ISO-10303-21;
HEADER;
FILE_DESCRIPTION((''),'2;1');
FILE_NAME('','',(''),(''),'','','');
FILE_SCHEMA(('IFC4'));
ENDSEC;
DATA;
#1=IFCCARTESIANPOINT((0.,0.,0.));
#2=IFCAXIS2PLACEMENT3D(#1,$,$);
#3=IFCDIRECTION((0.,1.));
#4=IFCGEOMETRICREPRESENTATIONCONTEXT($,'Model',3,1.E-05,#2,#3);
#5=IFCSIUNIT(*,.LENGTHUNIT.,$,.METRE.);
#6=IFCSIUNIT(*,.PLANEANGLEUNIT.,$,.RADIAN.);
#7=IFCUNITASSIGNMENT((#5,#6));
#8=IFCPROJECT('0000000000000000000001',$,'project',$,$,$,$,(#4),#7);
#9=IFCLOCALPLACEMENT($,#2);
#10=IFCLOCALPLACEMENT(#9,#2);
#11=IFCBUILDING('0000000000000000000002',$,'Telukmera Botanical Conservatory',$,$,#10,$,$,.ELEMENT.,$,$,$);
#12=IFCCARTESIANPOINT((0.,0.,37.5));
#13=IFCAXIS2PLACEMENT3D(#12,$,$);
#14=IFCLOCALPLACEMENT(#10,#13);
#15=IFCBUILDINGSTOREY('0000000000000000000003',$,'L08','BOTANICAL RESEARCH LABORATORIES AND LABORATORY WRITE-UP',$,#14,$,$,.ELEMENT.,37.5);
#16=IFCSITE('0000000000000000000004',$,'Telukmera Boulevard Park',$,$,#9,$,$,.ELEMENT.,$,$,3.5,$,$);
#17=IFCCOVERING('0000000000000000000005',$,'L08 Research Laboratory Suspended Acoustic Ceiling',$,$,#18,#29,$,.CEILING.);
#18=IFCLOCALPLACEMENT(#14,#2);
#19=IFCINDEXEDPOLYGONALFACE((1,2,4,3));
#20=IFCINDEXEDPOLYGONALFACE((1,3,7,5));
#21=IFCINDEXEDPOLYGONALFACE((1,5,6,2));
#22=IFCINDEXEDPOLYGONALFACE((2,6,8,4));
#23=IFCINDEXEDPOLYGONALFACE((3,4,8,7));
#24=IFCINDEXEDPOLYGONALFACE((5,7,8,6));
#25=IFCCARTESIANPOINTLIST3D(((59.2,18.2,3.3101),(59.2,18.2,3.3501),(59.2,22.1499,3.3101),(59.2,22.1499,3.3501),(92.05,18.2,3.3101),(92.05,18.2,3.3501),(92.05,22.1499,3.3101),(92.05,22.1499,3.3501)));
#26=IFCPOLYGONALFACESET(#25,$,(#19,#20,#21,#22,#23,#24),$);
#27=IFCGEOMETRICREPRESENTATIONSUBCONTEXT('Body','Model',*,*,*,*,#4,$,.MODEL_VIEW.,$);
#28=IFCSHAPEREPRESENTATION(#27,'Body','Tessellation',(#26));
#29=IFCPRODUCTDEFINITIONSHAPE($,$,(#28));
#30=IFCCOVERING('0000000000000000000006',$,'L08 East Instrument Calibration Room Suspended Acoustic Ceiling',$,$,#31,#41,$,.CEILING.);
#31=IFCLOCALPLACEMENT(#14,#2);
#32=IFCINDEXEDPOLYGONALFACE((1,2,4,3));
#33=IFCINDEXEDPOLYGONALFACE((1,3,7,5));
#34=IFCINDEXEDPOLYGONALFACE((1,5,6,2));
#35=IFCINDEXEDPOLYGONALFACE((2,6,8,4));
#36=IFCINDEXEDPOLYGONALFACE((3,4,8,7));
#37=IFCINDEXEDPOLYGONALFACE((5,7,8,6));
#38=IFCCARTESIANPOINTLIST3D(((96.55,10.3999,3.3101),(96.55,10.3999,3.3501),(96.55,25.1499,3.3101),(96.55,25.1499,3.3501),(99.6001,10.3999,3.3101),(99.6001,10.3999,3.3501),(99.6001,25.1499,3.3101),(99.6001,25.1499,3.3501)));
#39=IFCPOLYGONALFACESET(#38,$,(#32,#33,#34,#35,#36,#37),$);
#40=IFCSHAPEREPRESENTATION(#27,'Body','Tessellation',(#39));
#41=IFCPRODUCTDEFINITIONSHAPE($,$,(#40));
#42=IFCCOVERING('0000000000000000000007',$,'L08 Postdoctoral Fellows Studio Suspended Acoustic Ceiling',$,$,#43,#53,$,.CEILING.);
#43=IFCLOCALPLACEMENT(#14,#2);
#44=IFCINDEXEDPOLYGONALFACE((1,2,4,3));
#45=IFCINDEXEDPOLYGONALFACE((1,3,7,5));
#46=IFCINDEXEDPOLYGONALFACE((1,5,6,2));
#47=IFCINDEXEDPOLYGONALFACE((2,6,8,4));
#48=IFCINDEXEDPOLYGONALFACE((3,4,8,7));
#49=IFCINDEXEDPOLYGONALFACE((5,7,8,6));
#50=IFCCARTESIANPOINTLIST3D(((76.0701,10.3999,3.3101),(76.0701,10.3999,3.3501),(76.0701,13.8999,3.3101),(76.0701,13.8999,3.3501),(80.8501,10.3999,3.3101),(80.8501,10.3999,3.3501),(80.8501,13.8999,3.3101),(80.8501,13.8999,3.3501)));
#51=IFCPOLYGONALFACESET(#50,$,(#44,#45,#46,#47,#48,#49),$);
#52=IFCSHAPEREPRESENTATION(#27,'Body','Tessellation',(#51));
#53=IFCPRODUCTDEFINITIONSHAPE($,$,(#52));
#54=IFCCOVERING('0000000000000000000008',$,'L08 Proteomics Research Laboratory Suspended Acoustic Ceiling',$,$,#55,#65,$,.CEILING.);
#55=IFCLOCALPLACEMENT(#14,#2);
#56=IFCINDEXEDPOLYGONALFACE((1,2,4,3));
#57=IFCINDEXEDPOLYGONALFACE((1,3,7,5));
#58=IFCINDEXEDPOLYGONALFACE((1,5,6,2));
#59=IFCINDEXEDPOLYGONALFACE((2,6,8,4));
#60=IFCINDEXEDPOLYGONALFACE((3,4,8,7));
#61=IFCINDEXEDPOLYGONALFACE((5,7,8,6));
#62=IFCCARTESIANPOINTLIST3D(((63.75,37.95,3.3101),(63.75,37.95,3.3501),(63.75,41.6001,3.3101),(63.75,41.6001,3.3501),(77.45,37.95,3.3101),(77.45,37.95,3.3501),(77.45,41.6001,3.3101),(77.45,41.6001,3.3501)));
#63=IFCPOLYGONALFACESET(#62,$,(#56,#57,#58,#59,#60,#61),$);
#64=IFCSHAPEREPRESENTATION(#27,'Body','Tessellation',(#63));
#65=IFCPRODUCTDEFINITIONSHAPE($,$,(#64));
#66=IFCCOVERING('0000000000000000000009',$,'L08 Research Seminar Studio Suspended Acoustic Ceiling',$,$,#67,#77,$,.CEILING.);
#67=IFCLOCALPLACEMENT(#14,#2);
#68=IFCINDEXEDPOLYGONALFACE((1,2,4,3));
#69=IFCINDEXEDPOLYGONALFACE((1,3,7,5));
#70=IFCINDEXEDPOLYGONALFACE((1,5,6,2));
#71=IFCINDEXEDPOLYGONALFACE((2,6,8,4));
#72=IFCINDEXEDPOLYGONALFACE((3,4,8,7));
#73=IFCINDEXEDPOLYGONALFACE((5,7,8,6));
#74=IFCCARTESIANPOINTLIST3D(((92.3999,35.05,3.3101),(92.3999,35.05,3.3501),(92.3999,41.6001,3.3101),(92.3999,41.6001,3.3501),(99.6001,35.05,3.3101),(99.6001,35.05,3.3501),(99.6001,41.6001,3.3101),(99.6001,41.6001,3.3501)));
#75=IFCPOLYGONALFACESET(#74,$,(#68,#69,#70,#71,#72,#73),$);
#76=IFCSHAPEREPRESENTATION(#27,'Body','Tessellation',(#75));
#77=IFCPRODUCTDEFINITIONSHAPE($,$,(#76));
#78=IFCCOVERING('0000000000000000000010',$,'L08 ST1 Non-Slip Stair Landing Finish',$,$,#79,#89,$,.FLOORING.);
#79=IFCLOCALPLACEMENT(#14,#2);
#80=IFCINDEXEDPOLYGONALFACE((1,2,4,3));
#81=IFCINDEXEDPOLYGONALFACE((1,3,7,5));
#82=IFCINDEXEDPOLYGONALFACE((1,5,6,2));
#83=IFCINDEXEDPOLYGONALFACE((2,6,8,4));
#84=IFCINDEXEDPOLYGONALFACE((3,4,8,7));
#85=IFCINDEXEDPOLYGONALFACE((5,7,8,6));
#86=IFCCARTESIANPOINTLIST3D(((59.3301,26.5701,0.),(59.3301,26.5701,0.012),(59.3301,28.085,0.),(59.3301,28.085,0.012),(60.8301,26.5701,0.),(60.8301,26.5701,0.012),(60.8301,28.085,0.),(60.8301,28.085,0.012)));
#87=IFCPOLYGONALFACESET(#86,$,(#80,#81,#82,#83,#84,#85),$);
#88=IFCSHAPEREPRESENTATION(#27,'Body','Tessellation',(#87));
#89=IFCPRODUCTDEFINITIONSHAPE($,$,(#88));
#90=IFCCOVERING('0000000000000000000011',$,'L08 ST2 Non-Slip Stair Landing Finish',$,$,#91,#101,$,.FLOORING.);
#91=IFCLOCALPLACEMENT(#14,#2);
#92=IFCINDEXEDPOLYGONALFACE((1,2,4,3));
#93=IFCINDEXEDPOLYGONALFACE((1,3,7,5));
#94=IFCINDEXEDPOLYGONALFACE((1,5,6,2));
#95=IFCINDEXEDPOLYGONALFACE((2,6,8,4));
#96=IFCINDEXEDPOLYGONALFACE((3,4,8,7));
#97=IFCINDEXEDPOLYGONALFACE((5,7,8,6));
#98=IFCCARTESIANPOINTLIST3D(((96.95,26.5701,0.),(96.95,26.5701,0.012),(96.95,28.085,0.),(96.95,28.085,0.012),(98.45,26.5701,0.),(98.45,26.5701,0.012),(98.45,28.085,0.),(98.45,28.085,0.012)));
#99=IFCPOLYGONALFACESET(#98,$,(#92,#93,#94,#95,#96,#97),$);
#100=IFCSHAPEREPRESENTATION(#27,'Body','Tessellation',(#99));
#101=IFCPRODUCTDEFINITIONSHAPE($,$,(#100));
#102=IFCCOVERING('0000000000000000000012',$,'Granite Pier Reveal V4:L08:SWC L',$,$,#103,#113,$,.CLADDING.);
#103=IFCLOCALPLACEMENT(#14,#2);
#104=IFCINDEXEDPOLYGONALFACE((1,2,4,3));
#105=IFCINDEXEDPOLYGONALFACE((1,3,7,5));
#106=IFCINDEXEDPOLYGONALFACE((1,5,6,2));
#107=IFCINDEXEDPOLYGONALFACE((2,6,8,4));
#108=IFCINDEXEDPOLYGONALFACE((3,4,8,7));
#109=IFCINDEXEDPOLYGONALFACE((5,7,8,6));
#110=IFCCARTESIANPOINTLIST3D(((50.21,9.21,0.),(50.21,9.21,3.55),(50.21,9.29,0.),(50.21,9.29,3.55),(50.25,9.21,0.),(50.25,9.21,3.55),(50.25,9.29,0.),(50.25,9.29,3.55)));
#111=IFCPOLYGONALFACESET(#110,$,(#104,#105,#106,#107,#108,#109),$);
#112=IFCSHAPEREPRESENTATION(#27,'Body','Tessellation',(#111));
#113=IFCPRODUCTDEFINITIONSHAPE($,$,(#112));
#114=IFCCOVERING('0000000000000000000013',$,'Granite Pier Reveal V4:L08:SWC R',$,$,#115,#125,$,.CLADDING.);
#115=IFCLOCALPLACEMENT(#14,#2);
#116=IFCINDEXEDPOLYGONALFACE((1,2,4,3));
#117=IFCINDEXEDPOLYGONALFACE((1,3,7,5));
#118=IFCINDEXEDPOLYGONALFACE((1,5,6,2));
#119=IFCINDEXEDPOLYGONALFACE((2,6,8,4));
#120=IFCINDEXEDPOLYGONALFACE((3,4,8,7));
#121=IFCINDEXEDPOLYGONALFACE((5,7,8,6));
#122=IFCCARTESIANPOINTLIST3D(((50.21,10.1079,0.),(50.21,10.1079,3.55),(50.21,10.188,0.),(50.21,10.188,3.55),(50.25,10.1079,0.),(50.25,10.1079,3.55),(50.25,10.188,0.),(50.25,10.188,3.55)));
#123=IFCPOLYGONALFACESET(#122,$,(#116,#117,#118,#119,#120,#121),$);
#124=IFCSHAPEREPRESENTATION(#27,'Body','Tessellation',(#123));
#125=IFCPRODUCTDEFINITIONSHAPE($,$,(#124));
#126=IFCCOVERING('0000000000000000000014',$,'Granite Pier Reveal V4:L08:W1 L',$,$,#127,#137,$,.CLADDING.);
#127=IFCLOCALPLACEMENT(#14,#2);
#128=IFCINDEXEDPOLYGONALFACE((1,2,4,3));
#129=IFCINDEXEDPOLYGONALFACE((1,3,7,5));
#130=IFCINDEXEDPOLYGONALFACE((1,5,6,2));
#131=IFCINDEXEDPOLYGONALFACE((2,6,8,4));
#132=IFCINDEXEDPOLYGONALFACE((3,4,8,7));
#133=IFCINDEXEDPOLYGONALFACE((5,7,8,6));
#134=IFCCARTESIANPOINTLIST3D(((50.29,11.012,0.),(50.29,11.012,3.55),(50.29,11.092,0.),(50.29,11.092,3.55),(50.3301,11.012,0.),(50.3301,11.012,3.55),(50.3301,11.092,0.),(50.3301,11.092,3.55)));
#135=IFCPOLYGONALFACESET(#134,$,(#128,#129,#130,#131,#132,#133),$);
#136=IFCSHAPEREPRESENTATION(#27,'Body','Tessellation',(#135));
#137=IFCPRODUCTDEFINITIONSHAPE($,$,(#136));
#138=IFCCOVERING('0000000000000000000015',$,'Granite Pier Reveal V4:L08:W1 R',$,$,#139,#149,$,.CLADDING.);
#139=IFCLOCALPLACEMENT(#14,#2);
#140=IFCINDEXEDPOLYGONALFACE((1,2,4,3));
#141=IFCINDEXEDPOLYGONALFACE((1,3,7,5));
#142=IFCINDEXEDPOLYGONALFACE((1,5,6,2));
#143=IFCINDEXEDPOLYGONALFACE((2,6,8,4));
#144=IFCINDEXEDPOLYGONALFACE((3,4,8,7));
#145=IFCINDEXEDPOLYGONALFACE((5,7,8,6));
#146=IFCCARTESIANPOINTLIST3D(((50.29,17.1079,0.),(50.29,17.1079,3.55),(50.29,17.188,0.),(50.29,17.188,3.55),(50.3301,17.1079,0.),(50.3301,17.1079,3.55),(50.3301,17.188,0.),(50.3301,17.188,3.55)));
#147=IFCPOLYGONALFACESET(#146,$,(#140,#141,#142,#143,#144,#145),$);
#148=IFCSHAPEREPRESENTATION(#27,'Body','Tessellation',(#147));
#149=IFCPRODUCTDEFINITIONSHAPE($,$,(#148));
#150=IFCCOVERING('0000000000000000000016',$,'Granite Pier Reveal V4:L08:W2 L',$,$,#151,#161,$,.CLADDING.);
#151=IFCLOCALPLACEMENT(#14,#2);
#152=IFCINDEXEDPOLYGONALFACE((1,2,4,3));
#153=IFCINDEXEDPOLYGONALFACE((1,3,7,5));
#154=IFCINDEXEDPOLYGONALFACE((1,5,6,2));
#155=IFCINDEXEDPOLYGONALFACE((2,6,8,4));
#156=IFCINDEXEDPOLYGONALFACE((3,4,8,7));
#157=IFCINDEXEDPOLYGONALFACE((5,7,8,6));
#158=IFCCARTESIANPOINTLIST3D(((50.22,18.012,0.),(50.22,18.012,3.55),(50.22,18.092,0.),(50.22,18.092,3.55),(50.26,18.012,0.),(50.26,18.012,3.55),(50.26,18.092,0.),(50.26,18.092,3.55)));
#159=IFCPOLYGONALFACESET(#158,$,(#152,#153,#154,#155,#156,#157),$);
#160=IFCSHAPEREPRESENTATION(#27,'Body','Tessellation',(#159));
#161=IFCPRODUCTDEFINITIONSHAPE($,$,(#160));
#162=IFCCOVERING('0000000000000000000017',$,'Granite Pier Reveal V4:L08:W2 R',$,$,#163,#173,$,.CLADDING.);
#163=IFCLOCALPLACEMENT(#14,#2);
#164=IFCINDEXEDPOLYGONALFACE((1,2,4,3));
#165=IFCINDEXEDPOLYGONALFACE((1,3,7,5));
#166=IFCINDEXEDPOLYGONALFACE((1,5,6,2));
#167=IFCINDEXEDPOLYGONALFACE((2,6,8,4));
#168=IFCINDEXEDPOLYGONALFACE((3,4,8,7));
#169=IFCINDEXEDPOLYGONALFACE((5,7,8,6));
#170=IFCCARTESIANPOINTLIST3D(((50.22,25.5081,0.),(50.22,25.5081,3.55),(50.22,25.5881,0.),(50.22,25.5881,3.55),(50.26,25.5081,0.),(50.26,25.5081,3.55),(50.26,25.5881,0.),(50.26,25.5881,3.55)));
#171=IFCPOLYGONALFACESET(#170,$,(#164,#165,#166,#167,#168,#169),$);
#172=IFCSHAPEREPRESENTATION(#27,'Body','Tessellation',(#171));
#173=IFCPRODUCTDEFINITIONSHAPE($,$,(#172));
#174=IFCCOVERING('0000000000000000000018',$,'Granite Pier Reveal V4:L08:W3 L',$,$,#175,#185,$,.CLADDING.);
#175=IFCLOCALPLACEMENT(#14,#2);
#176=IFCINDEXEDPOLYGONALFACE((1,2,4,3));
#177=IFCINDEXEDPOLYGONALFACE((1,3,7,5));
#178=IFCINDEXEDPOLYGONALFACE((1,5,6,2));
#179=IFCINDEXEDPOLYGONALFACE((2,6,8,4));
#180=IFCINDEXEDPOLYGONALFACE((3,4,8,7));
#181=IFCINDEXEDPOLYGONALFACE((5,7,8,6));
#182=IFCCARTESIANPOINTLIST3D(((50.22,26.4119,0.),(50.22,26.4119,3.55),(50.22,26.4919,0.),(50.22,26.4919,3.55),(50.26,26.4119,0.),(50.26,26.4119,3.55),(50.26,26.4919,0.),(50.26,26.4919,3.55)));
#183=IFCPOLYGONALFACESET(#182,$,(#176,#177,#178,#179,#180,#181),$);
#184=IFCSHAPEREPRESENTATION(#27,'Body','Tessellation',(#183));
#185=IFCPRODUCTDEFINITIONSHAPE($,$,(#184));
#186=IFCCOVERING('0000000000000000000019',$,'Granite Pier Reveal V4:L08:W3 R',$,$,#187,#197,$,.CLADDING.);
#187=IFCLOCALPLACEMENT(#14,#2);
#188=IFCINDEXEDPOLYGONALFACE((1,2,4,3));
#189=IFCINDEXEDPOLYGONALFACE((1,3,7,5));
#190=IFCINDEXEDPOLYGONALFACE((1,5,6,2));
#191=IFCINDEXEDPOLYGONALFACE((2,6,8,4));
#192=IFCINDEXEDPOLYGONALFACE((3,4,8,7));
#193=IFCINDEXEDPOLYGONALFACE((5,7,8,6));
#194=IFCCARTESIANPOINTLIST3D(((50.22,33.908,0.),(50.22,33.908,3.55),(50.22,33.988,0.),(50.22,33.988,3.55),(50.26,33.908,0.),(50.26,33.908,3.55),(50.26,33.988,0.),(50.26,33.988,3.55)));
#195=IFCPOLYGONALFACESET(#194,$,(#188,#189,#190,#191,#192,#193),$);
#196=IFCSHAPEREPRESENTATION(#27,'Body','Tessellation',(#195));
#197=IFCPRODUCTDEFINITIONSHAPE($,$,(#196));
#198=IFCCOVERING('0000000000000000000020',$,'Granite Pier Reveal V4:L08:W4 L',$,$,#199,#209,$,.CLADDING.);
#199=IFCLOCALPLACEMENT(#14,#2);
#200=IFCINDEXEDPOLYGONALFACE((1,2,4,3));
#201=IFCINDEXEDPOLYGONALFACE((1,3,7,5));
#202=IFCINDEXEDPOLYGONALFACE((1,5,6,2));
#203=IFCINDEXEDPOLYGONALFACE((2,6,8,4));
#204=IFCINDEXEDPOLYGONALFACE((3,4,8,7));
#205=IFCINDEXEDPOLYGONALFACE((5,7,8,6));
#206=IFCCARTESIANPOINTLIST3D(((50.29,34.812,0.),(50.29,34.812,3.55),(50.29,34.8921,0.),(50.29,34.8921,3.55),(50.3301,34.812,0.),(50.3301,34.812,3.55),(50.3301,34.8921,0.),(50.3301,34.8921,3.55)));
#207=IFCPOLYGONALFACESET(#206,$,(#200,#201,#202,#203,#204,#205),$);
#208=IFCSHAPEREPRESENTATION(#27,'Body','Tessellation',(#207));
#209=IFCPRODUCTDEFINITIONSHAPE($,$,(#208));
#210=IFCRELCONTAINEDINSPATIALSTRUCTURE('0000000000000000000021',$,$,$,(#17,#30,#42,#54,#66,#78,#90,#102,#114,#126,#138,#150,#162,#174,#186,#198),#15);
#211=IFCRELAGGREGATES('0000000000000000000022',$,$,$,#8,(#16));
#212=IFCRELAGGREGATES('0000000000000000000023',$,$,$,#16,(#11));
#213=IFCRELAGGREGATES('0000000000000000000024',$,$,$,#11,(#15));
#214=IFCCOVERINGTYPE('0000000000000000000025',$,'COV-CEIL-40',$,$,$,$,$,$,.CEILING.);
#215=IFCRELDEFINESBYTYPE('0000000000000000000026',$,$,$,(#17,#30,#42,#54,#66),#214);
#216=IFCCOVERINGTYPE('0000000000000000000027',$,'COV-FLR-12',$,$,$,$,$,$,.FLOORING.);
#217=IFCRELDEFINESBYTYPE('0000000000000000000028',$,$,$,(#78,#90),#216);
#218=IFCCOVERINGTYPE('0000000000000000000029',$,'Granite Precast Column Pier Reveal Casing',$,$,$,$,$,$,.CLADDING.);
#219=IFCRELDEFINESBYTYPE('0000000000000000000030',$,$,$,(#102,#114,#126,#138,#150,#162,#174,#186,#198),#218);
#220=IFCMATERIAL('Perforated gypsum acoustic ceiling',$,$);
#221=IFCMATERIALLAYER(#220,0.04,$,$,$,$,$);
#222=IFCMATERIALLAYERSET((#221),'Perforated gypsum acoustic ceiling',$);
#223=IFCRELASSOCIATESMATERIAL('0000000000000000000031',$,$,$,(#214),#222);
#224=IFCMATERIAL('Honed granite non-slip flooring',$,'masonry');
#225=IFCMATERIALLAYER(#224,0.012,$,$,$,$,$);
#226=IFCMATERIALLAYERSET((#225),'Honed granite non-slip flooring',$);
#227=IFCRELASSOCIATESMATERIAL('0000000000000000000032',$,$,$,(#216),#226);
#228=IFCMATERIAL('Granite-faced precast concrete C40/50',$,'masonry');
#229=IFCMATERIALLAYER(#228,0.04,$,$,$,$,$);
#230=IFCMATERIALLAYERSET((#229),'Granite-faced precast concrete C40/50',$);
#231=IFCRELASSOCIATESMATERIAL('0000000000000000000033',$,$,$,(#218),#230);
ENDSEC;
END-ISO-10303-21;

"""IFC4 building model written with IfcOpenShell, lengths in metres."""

from ifc_helpers import new_model, si_unit, direction, frame, origin, origin_2d, place, context, subcontext, project, spatial, polyline, rectangle, outline, extrude, material, layer, layer_set, type_object, element, save


model = new_model("IFC4")

# Units and contexts
model_context = context("Model", 3, precision=1e-05, world=origin(), true_north=direction((0.0, 1.0)))
body_context = subcontext(model_context, "Body", "Model", "MODEL_VIEW")
ifc_project = project(units=[si_unit("LENGTHUNIT", "METRE"), si_unit("PLANEANGLEUNIT", "RADIAN")], contexts=[model_context])

# Site, building, storey
site_placement = place(None, origin())
site = spatial("IfcSite", under=ifc_project, at=site_placement, Name="Telukmera Boulevard Park", CompositionType="ELEMENT", RefElevation=3.5)
building_placement = place(site_placement, origin())
building = spatial("IfcBuilding", under=site, at=building_placement, Name="Telukmera Botanical Conservatory", CompositionType="ELEMENT")
storey_placement = place(building_placement, frame((0.0, 0.0, 37.5)))
storey = spatial("IfcBuildingStorey", under=building, at=storey_placement, Name="L08", Description="BOTANICAL RESEARCH LABORATORIES AND LABORATORY WRITE-UP", CompositionType="ELEMENT", Elevation=37.5)

# Coverings
ifc_material_1 = material(Name="Perforated gypsum acoustic ceiling")
ifc_layer_1 = layer(ifc_material_1, 0.04)
ifc_layer_set_1 = layer_set([ifc_layer_1], Name="Perforated gypsum acoustic ceiling")
covering_type_1 = type_object("IfcCoveringType", Name="COV-CEIL-40", PredefinedType="CEILING", material=ifc_layer_set_1)
covering_1_placement = place(storey_placement, frame((0.0, 0.0, 3.3101)))
element("IfcCovering", 1, at=covering_1_placement, inside=storey, type_object=covering_type_1, Name="L08 Research Laboratory Suspended Acoustic Ceiling", PredefinedType="CEILING", context=body_context, shape_type="SweptSolid", body=[
    extrude(outline(polyline([(59.2, 18.2), (92.05, 18.2), (92.05, 22.1499), (59.2, 22.1499), (59.2, 18.2)])), origin(), (0.0, 0.0, 1.0), 0.04),
])
covering_2_placement = place(storey_placement, frame((0.0, 0.0, 3.3101)))
element("IfcCovering", 2, at=covering_2_placement, inside=storey, type_object=covering_type_1, Name="L08 East Instrument Calibration Room Suspended Acoustic Ceiling", PredefinedType="CEILING", context=body_context, shape_type="SweptSolid", body=[
    extrude(outline(polyline([(96.55, 10.3999), (99.6001, 10.3999), (99.6001, 25.1499), (96.55, 25.1499), (96.55, 10.3999)])), origin(), (0.0, 0.0, 1.0), 0.04),
])
covering_3_placement = place(storey_placement, frame((0.0, 0.0, 3.3101)))
element("IfcCovering", 3, at=covering_3_placement, inside=storey, type_object=covering_type_1, Name="L08 Postdoctoral Fellows Studio Suspended Acoustic Ceiling", PredefinedType="CEILING", context=body_context, shape_type="SweptSolid", body=[
    extrude(outline(polyline([(76.0701, 10.3999), (80.8501, 10.3999), (80.8501, 13.8999), (76.0701, 13.8999), (76.0701, 10.3999)])), origin(), (0.0, 0.0, 1.0), 0.04),
])
covering_4_placement = place(storey_placement, frame((0.0, 0.0, 3.3101)))
element("IfcCovering", 4, at=covering_4_placement, inside=storey, type_object=covering_type_1, Name="L08 Proteomics Research Laboratory Suspended Acoustic Ceiling", PredefinedType="CEILING", context=body_context, shape_type="SweptSolid", body=[
    extrude(outline(polyline([(63.75, 37.95), (77.45, 37.95), (77.45, 41.6001), (63.75, 41.6001), (63.75, 37.95)])), origin(), (0.0, 0.0, 1.0), 0.04),
])
covering_5_placement = place(storey_placement, frame((0.0, 0.0, 3.3101)))
element("IfcCovering", 5, at=covering_5_placement, inside=storey, type_object=covering_type_1, Name="L08 Research Seminar Studio Suspended Acoustic Ceiling", PredefinedType="CEILING", context=body_context, shape_type="SweptSolid", body=[
    extrude(outline(polyline([(92.3999, 35.05), (99.6001, 35.05), (99.6001, 41.6001), (92.3999, 41.6001), (92.3999, 35.05)])), origin(), (0.0, 0.0, 1.0), 0.04),
])
ifc_material_2 = material(Name="Honed granite non-slip flooring", Category="masonry")
ifc_layer_2 = layer(ifc_material_2, 0.012)
ifc_layer_set_2 = layer_set([ifc_layer_2], Name="Honed granite non-slip flooring")
covering_type_2 = type_object("IfcCoveringType", Name="COV-FLR-12", PredefinedType="FLOORING", material=ifc_layer_set_2)
covering_6_placement = place(storey_placement, origin())
element("IfcCovering", 6, at=covering_6_placement, inside=storey, type_object=covering_type_2, Name="L08 ST1 Non-Slip Stair Landing Finish", PredefinedType="FLOORING", context=body_context, shape_type="SweptSolid", body=[
    extrude(outline(polyline([(60.8301, 26.5701), (60.8301, 28.085), (59.3301, 28.085), (59.3301, 26.5701), (60.8301, 26.5701)])), origin(), (0.0, 0.0, 1.0), 0.012),
])
covering_7_placement = place(storey_placement, origin())
element("IfcCovering", 7, at=covering_7_placement, inside=storey, type_object=covering_type_2, Name="L08 ST2 Non-Slip Stair Landing Finish", PredefinedType="FLOORING", context=body_context, shape_type="SweptSolid", body=[
    extrude(outline(polyline([(98.45, 26.5701), (98.45, 28.085), (96.95, 28.085), (96.95, 26.5701), (98.45, 26.5701)])), origin(), (0.0, 0.0, 1.0), 0.012),
])
ifc_material_3 = material(Name="Granite-faced precast concrete C40/50", Category="masonry")
ifc_layer_3 = layer(ifc_material_3, 0.04)
ifc_layer_set_3 = layer_set([ifc_layer_3], Name="Granite-faced precast concrete C40/50")
covering_type_3 = type_object("IfcCoveringType", Name="Granite Precast Column Pier Reveal Casing", PredefinedType="CLADDING", material=ifc_layer_set_3)
for number, where, z_axis, x_axis, name in (
    (8, (50.23, 9.25, 0.0), (0.0, 0.0, 1.0), (0.0, 1.0, 0.0), "Granite Pier Reveal V4:L08:SWC L"),
    (9, (50.23, 10.1479, 0.0), (0.0, 0.0, 1.0), (0.0, 1.0, 0.0), "Granite Pier Reveal V4:L08:SWC R"),
    (10, (50.3101, 11.052, 0.0), (0.0, 0.0, 1.0), (0.0, 1.0, 0.0), "Granite Pier Reveal V4:L08:W1 L"),
    (11, (50.3101, 17.1479, 0.0), (0.0, 0.0, 1.0), (0.0, 1.0, 0.0), "Granite Pier Reveal V4:L08:W1 R"),
    (12, (50.24, 18.052, 0.0), (0.0, 0.0, 1.0), (0.0, 1.0, 0.0), "Granite Pier Reveal V4:L08:W2 L"),
    (13, (50.24, 25.5481, 0.0), (0.0, 0.0, 1.0), (0.0, 1.0, 0.0), "Granite Pier Reveal V4:L08:W2 R"),
    (14, (50.24, 26.4519, 0.0), (0.0, 0.0, 1.0), (0.0, 1.0, 0.0), "Granite Pier Reveal V4:L08:W3 L"),
    (15, (50.24, 33.948, 0.0), (0.0, 0.0, 1.0), (0.0, 1.0, 0.0), "Granite Pier Reveal V4:L08:W3 R"),
    (16, (50.3101, 34.8521, 0.0), (0.0, 0.0, 1.0), (0.0, 1.0, 0.0), "Granite Pier Reveal V4:L08:W4 L"),
):
    element("IfcCovering", number, at=place(storey_placement, frame(where, z_axis=z_axis, x_axis=x_axis)), inside=storey, type_object=covering_type_3, Name=name, PredefinedType="CLADDING", context=body_context, shape_type="SweptSolid", body=[
        extrude(rectangle(XDim=0.0801, YDim=0.04, at=origin_2d()), origin(), (0.0, 0.0, 1.0), 3.55),
    ])

save(model, "model.ifc")
